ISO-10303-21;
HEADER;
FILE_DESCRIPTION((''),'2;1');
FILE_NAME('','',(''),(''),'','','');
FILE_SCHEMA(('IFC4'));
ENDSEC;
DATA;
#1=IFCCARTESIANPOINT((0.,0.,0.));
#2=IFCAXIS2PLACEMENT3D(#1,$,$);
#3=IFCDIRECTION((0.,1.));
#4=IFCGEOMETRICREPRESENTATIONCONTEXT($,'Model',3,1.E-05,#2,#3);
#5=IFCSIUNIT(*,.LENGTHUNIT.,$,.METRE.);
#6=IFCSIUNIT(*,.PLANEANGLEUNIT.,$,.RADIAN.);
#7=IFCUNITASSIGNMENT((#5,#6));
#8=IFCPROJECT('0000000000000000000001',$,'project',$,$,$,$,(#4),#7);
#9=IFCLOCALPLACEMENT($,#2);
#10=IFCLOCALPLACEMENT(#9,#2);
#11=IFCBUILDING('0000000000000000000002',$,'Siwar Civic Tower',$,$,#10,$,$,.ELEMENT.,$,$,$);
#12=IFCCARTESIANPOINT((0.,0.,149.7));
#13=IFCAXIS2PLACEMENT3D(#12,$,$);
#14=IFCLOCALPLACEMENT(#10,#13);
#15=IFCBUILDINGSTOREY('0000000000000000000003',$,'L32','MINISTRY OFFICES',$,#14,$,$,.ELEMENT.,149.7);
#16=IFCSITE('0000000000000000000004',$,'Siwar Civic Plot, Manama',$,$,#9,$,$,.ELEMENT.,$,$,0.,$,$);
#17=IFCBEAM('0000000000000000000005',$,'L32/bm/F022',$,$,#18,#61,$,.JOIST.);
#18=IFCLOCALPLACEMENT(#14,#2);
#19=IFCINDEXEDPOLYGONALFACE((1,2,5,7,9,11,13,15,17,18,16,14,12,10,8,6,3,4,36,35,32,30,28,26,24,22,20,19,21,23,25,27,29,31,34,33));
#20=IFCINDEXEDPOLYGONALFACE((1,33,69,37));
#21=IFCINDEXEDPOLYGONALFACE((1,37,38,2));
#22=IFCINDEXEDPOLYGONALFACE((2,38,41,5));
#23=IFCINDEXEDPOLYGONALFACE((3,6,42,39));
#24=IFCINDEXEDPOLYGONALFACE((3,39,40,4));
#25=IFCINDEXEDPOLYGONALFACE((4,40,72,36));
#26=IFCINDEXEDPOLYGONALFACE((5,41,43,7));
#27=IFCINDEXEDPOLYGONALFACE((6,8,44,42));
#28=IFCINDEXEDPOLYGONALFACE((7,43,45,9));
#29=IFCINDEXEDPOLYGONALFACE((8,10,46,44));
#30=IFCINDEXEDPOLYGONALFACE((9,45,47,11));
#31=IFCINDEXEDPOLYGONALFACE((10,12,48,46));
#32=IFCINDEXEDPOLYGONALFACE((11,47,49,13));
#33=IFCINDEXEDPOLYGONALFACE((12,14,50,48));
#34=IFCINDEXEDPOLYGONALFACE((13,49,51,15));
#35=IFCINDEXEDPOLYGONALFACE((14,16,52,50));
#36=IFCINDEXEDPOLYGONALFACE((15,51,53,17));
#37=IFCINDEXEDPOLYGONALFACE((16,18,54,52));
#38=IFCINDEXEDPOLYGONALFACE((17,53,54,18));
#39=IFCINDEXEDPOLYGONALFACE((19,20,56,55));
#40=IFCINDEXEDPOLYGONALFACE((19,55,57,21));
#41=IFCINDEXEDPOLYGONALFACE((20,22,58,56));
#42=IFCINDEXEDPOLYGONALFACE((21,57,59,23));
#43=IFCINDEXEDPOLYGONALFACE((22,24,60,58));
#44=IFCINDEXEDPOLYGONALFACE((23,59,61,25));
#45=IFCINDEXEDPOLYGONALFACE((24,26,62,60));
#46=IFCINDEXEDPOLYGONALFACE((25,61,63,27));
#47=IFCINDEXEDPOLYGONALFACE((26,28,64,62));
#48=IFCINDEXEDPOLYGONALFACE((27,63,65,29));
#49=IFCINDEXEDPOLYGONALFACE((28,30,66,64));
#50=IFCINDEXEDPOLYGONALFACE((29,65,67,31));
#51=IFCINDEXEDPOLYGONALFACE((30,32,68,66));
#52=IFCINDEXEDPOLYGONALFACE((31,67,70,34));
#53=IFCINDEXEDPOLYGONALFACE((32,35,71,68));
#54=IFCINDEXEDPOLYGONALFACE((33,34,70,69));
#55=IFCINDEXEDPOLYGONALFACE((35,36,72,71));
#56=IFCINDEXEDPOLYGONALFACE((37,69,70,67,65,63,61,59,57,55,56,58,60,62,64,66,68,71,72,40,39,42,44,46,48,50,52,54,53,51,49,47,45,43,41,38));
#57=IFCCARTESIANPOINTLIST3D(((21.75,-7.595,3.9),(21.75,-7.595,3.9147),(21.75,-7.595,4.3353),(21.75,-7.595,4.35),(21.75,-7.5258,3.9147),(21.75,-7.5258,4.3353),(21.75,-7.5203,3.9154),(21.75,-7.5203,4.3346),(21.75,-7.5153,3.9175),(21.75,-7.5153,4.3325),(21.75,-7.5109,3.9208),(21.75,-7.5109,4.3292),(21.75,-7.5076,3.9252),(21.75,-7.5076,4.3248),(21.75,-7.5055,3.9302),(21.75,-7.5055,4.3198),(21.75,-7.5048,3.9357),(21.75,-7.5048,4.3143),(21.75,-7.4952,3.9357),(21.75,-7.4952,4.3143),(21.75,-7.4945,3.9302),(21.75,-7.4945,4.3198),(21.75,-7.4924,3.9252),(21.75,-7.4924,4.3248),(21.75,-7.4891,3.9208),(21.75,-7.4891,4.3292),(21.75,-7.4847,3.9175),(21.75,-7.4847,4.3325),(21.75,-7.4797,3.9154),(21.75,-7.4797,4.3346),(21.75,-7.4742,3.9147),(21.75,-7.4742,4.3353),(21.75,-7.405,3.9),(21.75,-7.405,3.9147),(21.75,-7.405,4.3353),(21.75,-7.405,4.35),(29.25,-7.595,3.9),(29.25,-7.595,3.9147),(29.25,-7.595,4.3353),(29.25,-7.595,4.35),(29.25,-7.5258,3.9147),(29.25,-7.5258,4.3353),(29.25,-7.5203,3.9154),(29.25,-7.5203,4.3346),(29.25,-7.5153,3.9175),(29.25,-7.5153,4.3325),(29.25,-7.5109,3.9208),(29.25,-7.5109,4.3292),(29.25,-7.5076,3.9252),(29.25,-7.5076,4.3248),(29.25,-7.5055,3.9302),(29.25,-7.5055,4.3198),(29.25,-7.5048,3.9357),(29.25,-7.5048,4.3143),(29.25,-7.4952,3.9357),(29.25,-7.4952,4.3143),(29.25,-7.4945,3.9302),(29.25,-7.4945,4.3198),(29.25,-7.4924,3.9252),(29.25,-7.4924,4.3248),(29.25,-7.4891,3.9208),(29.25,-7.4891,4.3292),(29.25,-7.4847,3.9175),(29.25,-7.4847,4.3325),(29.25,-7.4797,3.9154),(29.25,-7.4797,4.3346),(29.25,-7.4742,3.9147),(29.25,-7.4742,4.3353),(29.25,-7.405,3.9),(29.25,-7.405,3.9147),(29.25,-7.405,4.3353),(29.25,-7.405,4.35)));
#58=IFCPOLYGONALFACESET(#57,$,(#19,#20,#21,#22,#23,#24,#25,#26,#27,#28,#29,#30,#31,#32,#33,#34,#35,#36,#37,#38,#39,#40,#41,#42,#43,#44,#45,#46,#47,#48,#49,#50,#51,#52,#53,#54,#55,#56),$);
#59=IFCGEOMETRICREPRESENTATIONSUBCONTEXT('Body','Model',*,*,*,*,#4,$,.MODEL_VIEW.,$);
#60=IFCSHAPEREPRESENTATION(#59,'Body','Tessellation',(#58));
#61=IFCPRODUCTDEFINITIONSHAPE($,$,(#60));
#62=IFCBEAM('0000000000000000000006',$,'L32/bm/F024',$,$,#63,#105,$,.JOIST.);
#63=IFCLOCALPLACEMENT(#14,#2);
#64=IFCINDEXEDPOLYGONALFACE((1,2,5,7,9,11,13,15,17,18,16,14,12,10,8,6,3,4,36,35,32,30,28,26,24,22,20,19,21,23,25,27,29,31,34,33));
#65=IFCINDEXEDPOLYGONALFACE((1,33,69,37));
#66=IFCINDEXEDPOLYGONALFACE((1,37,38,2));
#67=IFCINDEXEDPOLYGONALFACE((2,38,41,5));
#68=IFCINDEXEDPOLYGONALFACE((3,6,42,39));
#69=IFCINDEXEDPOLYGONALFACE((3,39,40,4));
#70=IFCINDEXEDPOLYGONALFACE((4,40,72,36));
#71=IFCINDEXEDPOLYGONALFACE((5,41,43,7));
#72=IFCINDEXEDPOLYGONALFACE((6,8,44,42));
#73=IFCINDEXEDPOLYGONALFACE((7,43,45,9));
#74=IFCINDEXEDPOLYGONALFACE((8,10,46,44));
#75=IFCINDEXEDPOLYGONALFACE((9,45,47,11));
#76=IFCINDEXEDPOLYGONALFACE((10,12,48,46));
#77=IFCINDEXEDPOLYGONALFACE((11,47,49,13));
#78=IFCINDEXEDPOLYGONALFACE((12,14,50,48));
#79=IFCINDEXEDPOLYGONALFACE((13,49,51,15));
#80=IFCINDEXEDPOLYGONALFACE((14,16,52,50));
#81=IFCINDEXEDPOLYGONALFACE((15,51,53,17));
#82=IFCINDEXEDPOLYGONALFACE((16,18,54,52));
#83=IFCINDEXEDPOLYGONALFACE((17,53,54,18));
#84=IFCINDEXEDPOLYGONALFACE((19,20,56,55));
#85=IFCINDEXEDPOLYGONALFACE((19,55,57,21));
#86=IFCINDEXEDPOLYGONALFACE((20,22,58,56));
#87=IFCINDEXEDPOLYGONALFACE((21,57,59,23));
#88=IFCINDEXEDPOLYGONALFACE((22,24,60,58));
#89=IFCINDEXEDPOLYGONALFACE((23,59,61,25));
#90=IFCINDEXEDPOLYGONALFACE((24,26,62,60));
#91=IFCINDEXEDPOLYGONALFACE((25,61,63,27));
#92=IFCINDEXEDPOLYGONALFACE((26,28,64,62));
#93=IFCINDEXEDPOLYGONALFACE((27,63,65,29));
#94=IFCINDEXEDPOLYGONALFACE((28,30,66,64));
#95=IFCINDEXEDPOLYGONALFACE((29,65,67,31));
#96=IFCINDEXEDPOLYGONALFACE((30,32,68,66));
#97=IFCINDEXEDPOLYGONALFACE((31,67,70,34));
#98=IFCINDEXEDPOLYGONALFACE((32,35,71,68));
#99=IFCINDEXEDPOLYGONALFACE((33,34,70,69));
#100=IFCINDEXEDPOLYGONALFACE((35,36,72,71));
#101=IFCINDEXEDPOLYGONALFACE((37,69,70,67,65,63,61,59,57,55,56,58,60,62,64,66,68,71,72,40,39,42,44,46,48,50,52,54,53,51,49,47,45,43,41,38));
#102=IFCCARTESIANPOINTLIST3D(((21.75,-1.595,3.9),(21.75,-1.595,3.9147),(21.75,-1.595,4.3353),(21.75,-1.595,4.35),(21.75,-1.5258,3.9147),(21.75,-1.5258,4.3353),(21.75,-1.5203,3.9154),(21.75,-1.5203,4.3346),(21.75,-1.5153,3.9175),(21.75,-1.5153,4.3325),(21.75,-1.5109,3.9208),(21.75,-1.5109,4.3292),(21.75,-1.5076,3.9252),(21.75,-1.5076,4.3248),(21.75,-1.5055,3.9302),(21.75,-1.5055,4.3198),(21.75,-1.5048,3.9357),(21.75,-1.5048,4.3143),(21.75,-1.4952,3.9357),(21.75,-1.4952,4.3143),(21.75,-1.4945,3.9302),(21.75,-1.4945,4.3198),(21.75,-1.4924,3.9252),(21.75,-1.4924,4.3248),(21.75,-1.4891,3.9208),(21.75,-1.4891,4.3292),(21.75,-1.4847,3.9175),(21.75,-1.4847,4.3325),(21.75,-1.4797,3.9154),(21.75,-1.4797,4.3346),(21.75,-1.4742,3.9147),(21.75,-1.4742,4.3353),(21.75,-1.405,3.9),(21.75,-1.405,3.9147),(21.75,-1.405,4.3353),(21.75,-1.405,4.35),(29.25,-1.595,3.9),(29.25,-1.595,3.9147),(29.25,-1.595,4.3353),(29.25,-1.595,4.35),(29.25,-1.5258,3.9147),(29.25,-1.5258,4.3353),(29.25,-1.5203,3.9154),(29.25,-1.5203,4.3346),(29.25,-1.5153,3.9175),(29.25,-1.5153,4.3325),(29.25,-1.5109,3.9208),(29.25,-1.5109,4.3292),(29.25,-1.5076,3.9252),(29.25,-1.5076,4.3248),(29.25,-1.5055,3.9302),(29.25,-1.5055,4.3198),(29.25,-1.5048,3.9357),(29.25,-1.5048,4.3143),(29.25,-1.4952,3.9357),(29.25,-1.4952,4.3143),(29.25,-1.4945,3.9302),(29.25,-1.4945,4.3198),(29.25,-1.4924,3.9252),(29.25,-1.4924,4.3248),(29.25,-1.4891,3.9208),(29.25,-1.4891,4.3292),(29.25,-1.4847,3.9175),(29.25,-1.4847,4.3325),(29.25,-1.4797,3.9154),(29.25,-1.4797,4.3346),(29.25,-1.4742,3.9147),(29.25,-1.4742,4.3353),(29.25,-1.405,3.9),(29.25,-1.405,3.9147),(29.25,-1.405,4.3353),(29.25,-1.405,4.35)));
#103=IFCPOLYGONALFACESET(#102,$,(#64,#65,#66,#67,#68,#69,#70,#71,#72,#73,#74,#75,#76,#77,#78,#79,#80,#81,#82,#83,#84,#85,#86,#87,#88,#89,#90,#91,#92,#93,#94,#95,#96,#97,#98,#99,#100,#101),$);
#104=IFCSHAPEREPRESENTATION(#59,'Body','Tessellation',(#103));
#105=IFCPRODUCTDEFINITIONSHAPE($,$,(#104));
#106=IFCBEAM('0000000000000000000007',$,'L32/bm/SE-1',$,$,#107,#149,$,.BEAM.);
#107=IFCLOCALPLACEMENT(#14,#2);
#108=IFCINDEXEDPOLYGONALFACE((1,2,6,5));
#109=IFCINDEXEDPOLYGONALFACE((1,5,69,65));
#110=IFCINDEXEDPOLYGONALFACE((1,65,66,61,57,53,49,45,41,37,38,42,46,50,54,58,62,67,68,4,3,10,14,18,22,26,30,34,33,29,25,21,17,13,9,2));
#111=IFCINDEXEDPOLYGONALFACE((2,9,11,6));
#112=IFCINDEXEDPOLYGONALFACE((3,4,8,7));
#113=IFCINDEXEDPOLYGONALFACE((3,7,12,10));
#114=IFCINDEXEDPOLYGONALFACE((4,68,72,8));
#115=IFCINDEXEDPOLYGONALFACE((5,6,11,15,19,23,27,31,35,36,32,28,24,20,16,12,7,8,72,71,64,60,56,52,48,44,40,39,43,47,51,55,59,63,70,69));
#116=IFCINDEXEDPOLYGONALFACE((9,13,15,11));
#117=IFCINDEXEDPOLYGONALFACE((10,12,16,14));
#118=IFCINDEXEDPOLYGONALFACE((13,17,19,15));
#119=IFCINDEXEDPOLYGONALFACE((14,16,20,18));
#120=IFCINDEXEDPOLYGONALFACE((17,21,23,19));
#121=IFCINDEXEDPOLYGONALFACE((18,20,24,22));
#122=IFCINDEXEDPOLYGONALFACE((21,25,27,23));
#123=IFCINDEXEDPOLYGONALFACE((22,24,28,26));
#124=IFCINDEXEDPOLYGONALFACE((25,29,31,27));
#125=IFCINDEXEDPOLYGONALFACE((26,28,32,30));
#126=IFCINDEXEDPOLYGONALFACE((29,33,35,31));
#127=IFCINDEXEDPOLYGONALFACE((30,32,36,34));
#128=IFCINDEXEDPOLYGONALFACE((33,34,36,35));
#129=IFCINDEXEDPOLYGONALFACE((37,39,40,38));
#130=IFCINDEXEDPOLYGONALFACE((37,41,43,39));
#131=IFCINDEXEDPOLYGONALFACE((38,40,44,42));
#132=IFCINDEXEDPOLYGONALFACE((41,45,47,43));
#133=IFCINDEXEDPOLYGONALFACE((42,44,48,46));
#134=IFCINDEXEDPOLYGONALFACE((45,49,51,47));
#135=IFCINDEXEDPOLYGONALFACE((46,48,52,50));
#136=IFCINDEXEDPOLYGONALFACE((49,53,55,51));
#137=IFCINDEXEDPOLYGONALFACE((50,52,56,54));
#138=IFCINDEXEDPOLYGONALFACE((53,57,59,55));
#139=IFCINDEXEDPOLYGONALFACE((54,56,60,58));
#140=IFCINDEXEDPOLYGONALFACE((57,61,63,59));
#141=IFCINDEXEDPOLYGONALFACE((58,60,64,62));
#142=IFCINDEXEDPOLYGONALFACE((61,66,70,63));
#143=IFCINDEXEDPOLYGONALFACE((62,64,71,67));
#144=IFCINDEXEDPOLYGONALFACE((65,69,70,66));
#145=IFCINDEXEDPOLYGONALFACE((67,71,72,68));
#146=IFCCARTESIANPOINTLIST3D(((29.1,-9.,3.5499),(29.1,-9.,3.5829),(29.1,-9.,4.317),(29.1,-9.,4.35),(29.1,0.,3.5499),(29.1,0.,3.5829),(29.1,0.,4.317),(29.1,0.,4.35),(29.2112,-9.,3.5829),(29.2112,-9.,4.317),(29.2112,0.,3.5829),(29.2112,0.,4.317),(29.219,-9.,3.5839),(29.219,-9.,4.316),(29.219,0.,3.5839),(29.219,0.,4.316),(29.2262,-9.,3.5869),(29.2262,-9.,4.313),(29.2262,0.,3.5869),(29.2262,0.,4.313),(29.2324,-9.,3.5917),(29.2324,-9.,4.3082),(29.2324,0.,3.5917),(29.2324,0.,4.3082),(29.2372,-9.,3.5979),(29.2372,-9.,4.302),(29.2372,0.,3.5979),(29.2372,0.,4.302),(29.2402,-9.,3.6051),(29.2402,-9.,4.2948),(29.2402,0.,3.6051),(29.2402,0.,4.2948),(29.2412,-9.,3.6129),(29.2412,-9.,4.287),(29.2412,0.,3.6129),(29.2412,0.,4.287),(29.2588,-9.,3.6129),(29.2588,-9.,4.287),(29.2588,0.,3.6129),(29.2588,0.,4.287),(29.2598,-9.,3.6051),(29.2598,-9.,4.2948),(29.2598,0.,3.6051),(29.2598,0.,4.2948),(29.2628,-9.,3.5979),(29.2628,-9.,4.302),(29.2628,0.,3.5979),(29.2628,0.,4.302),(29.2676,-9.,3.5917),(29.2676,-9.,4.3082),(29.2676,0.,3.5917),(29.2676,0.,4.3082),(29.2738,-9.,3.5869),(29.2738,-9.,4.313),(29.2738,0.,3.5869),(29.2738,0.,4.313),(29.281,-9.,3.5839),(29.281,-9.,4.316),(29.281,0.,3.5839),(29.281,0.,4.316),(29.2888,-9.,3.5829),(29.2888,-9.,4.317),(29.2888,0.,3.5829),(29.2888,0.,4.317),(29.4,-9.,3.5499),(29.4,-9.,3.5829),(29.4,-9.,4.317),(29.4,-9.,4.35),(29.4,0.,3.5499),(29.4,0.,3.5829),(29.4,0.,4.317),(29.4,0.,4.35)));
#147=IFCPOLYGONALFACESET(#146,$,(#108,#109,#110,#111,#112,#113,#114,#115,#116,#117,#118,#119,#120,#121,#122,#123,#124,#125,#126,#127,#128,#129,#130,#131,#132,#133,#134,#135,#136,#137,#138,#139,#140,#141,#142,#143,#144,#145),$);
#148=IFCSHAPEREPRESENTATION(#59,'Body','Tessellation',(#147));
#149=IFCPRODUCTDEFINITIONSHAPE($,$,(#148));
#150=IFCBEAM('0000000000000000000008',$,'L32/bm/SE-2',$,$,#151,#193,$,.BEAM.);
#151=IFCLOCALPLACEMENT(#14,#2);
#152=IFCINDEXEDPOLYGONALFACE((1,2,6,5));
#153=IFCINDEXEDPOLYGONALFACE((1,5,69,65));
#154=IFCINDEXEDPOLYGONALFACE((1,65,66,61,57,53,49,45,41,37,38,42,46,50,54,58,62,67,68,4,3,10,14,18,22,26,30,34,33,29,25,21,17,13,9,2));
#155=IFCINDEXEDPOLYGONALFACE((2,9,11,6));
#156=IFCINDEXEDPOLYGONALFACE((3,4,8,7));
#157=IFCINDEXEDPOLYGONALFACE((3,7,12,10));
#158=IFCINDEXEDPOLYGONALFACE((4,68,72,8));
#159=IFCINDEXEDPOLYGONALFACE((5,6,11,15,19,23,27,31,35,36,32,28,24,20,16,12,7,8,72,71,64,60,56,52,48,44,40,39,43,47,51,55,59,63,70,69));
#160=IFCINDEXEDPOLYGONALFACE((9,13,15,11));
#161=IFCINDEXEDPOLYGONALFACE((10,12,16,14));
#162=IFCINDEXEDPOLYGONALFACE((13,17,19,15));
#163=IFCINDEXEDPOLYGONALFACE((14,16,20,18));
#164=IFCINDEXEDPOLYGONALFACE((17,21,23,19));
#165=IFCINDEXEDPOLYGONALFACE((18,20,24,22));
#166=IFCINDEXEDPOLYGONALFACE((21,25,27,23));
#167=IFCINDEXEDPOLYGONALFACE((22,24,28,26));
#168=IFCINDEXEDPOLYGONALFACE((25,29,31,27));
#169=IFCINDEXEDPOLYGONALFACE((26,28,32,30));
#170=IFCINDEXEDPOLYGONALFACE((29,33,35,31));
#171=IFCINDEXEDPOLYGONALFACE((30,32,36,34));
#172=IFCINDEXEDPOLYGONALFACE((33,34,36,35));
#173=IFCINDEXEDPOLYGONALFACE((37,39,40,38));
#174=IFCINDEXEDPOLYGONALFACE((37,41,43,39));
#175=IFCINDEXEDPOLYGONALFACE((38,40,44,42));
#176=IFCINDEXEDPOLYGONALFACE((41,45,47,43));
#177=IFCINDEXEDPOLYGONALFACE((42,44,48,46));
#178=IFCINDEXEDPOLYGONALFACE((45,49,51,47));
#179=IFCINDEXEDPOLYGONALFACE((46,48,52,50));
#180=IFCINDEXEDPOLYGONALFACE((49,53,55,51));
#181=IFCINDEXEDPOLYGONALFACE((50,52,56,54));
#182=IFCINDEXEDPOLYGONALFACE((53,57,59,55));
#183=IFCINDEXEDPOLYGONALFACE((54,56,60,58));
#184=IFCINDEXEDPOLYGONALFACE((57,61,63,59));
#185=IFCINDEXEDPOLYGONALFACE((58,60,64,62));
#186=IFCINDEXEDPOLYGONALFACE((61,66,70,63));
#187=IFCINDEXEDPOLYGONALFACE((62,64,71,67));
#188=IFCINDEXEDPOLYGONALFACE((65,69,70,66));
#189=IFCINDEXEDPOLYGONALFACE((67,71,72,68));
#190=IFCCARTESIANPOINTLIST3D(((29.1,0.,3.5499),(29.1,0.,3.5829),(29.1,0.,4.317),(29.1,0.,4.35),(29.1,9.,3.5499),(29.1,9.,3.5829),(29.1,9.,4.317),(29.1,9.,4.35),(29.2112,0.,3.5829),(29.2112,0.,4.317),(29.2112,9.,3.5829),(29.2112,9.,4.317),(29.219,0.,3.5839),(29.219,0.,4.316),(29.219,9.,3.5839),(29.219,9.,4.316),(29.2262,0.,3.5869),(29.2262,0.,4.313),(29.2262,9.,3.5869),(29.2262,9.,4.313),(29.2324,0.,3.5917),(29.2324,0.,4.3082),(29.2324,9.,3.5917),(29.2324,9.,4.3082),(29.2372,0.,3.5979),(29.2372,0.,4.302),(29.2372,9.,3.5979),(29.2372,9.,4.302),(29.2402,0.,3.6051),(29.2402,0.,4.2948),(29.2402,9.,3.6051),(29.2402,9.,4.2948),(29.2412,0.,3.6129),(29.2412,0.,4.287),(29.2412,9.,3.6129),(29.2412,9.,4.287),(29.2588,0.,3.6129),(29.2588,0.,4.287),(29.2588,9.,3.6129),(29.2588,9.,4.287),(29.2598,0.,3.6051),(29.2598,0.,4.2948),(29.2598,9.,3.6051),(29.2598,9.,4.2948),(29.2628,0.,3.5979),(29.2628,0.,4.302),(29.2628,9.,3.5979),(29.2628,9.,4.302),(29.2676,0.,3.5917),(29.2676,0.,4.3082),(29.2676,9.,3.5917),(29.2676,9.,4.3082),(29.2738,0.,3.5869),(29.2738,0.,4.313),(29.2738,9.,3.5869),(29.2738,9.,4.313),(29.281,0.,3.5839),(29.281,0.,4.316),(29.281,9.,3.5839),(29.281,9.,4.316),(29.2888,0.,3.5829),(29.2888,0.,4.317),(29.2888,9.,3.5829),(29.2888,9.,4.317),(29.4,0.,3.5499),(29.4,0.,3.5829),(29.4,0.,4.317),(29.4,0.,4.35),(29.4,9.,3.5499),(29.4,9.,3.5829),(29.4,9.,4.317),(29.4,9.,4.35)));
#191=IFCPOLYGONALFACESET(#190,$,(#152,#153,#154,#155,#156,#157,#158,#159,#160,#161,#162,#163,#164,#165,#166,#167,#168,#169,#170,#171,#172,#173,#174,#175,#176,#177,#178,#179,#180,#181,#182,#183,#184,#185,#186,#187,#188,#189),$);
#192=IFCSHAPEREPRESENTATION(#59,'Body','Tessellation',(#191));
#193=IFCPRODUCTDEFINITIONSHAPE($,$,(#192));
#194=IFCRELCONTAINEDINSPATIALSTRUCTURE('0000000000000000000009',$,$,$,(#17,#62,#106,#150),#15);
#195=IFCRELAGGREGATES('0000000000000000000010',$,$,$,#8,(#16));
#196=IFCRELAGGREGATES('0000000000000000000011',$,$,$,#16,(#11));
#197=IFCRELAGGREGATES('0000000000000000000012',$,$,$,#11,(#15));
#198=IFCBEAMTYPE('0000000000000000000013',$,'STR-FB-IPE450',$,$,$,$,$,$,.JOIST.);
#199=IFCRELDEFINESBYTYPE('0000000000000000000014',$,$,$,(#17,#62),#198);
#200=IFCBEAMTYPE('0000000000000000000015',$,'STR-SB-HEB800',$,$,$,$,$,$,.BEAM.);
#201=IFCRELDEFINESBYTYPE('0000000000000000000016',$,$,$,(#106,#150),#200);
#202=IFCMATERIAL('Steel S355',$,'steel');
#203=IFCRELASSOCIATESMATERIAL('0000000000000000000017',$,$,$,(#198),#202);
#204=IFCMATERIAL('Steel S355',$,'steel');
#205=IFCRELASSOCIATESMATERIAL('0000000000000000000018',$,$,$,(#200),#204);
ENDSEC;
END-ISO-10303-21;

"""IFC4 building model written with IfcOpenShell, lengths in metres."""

from ifc_helpers import new_model, si_unit, direction, frame, origin, origin_2d, place, context, subcontext, project, spatial, i_section, extrude, material, material_profile, profile_set, type_object, element, save


model = new_model("IFC4")

# Units and contexts
model_context = context("Model", 3, precision=1e-05, world=origin(), true_north=direction((0.0, 1.0)))
body_context = subcontext(model_context, "Body", "Model", "MODEL_VIEW")
ifc_project = project(units=[si_unit("LENGTHUNIT", "METRE"), si_unit("PLANEANGLEUNIT", "RADIAN")], contexts=[model_context])

# Site, building, storey
site_placement = place(None, origin())
site = spatial("IfcSite", under=ifc_project, at=site_placement, Name="Siwar Civic Plot, Manama", CompositionType="ELEMENT", RefElevation=0.0)
building_placement = place(site_placement, origin())
building = spatial("IfcBuilding", under=site, at=building_placement, Name="Siwar Civic Tower", CompositionType="ELEMENT")
storey_placement = place(building_placement, frame((0.0, 0.0, 149.7)))
storey = spatial("IfcBuildingStorey", under=building, at=storey_placement, Name="L32", Description="MINISTRY OFFICES", CompositionType="ELEMENT", Elevation=149.7)

# Beams
ifc_material_1 = material(Name="Steel S355", Category="steel")
ifc_material_profile_1 = material_profile(ifc_material_1, i_section(OverallWidth=0.1899, OverallDepth=0.45, WebThickness=0.0095, FlangeThickness=0.0146, FilletRadius=0.021, at=origin_2d()), Name="IPE450")
ifc_profile_set_1 = profile_set([ifc_material_profile_1], Name="Steel S355")
beam_type_1 = type_object("IfcBeamType", Name="STR-FB-IPE450", PredefinedType="JOIST", material=ifc_profile_set_1)
for number, where, z_axis, x_axis, name in (
    (1, (21.75, -7.5, 4.125), (1.0, 0.0, 0.0), (0.0, 1.0, 0.0), "L32/bm/F022"),
    (2, (21.75, -1.5, 4.125), (1.0, 0.0, 0.0), (0.0, 1.0, 0.0), "L32/bm/F024"),
):
    element("IfcBeam", number, at=place(storey_placement, frame(where, z_axis=z_axis, x_axis=x_axis)), inside=storey, type_object=beam_type_1, Name=name, PredefinedType="JOIST", context=body_context, shape_type="SweptSolid", body=[
        extrude(i_section(OverallWidth=0.1899, OverallDepth=0.45, WebThickness=0.0095, FlangeThickness=0.0146, FilletRadius=0.021, at=origin_2d()), origin(), (0.0, 0.0, 1.0), 7.5),
    ])
ifc_material_2 = material(Name="Steel S355", Category="steel")
ifc_material_profile_2 = material_profile(ifc_material_2, i_section(OverallWidth=0.3, OverallDepth=0.8, WebThickness=0.0176, FlangeThickness=0.033, FilletRadius=0.03, at=origin_2d()), Name="HEB800")
ifc_profile_set_2 = profile_set([ifc_material_profile_2], Name="Steel S355")
beam_type_2 = type_object("IfcBeamType", Name="STR-SB-HEB800", PredefinedType="BEAM", material=ifc_profile_set_2)
for number, where, z_axis, x_axis, name in (
    (3, (29.25, -9.0, 3.95), (0.0, 1.0, 0.0), (-1.0, 0.0, 0.0), "L32/bm/SE-1"),
    (4, (29.25, 0.0, 3.95), (0.0, 1.0, 0.0), (-1.0, 0.0, 0.0), "L32/bm/SE-2"),
):
    element("IfcBeam", number, at=place(storey_placement, frame(where, z_axis=z_axis, x_axis=x_axis)), inside=storey, type_object=beam_type_2, Name=name, PredefinedType="BEAM", context=body_context, shape_type="SweptSolid", body=[
        extrude(i_section(OverallWidth=0.3, OverallDepth=0.8, WebThickness=0.0176, FlangeThickness=0.033, FilletRadius=0.03, at=origin_2d()), origin(), (0.0, 0.0, 1.0), 9.0),
    ])

save(model, "model.ifc")
